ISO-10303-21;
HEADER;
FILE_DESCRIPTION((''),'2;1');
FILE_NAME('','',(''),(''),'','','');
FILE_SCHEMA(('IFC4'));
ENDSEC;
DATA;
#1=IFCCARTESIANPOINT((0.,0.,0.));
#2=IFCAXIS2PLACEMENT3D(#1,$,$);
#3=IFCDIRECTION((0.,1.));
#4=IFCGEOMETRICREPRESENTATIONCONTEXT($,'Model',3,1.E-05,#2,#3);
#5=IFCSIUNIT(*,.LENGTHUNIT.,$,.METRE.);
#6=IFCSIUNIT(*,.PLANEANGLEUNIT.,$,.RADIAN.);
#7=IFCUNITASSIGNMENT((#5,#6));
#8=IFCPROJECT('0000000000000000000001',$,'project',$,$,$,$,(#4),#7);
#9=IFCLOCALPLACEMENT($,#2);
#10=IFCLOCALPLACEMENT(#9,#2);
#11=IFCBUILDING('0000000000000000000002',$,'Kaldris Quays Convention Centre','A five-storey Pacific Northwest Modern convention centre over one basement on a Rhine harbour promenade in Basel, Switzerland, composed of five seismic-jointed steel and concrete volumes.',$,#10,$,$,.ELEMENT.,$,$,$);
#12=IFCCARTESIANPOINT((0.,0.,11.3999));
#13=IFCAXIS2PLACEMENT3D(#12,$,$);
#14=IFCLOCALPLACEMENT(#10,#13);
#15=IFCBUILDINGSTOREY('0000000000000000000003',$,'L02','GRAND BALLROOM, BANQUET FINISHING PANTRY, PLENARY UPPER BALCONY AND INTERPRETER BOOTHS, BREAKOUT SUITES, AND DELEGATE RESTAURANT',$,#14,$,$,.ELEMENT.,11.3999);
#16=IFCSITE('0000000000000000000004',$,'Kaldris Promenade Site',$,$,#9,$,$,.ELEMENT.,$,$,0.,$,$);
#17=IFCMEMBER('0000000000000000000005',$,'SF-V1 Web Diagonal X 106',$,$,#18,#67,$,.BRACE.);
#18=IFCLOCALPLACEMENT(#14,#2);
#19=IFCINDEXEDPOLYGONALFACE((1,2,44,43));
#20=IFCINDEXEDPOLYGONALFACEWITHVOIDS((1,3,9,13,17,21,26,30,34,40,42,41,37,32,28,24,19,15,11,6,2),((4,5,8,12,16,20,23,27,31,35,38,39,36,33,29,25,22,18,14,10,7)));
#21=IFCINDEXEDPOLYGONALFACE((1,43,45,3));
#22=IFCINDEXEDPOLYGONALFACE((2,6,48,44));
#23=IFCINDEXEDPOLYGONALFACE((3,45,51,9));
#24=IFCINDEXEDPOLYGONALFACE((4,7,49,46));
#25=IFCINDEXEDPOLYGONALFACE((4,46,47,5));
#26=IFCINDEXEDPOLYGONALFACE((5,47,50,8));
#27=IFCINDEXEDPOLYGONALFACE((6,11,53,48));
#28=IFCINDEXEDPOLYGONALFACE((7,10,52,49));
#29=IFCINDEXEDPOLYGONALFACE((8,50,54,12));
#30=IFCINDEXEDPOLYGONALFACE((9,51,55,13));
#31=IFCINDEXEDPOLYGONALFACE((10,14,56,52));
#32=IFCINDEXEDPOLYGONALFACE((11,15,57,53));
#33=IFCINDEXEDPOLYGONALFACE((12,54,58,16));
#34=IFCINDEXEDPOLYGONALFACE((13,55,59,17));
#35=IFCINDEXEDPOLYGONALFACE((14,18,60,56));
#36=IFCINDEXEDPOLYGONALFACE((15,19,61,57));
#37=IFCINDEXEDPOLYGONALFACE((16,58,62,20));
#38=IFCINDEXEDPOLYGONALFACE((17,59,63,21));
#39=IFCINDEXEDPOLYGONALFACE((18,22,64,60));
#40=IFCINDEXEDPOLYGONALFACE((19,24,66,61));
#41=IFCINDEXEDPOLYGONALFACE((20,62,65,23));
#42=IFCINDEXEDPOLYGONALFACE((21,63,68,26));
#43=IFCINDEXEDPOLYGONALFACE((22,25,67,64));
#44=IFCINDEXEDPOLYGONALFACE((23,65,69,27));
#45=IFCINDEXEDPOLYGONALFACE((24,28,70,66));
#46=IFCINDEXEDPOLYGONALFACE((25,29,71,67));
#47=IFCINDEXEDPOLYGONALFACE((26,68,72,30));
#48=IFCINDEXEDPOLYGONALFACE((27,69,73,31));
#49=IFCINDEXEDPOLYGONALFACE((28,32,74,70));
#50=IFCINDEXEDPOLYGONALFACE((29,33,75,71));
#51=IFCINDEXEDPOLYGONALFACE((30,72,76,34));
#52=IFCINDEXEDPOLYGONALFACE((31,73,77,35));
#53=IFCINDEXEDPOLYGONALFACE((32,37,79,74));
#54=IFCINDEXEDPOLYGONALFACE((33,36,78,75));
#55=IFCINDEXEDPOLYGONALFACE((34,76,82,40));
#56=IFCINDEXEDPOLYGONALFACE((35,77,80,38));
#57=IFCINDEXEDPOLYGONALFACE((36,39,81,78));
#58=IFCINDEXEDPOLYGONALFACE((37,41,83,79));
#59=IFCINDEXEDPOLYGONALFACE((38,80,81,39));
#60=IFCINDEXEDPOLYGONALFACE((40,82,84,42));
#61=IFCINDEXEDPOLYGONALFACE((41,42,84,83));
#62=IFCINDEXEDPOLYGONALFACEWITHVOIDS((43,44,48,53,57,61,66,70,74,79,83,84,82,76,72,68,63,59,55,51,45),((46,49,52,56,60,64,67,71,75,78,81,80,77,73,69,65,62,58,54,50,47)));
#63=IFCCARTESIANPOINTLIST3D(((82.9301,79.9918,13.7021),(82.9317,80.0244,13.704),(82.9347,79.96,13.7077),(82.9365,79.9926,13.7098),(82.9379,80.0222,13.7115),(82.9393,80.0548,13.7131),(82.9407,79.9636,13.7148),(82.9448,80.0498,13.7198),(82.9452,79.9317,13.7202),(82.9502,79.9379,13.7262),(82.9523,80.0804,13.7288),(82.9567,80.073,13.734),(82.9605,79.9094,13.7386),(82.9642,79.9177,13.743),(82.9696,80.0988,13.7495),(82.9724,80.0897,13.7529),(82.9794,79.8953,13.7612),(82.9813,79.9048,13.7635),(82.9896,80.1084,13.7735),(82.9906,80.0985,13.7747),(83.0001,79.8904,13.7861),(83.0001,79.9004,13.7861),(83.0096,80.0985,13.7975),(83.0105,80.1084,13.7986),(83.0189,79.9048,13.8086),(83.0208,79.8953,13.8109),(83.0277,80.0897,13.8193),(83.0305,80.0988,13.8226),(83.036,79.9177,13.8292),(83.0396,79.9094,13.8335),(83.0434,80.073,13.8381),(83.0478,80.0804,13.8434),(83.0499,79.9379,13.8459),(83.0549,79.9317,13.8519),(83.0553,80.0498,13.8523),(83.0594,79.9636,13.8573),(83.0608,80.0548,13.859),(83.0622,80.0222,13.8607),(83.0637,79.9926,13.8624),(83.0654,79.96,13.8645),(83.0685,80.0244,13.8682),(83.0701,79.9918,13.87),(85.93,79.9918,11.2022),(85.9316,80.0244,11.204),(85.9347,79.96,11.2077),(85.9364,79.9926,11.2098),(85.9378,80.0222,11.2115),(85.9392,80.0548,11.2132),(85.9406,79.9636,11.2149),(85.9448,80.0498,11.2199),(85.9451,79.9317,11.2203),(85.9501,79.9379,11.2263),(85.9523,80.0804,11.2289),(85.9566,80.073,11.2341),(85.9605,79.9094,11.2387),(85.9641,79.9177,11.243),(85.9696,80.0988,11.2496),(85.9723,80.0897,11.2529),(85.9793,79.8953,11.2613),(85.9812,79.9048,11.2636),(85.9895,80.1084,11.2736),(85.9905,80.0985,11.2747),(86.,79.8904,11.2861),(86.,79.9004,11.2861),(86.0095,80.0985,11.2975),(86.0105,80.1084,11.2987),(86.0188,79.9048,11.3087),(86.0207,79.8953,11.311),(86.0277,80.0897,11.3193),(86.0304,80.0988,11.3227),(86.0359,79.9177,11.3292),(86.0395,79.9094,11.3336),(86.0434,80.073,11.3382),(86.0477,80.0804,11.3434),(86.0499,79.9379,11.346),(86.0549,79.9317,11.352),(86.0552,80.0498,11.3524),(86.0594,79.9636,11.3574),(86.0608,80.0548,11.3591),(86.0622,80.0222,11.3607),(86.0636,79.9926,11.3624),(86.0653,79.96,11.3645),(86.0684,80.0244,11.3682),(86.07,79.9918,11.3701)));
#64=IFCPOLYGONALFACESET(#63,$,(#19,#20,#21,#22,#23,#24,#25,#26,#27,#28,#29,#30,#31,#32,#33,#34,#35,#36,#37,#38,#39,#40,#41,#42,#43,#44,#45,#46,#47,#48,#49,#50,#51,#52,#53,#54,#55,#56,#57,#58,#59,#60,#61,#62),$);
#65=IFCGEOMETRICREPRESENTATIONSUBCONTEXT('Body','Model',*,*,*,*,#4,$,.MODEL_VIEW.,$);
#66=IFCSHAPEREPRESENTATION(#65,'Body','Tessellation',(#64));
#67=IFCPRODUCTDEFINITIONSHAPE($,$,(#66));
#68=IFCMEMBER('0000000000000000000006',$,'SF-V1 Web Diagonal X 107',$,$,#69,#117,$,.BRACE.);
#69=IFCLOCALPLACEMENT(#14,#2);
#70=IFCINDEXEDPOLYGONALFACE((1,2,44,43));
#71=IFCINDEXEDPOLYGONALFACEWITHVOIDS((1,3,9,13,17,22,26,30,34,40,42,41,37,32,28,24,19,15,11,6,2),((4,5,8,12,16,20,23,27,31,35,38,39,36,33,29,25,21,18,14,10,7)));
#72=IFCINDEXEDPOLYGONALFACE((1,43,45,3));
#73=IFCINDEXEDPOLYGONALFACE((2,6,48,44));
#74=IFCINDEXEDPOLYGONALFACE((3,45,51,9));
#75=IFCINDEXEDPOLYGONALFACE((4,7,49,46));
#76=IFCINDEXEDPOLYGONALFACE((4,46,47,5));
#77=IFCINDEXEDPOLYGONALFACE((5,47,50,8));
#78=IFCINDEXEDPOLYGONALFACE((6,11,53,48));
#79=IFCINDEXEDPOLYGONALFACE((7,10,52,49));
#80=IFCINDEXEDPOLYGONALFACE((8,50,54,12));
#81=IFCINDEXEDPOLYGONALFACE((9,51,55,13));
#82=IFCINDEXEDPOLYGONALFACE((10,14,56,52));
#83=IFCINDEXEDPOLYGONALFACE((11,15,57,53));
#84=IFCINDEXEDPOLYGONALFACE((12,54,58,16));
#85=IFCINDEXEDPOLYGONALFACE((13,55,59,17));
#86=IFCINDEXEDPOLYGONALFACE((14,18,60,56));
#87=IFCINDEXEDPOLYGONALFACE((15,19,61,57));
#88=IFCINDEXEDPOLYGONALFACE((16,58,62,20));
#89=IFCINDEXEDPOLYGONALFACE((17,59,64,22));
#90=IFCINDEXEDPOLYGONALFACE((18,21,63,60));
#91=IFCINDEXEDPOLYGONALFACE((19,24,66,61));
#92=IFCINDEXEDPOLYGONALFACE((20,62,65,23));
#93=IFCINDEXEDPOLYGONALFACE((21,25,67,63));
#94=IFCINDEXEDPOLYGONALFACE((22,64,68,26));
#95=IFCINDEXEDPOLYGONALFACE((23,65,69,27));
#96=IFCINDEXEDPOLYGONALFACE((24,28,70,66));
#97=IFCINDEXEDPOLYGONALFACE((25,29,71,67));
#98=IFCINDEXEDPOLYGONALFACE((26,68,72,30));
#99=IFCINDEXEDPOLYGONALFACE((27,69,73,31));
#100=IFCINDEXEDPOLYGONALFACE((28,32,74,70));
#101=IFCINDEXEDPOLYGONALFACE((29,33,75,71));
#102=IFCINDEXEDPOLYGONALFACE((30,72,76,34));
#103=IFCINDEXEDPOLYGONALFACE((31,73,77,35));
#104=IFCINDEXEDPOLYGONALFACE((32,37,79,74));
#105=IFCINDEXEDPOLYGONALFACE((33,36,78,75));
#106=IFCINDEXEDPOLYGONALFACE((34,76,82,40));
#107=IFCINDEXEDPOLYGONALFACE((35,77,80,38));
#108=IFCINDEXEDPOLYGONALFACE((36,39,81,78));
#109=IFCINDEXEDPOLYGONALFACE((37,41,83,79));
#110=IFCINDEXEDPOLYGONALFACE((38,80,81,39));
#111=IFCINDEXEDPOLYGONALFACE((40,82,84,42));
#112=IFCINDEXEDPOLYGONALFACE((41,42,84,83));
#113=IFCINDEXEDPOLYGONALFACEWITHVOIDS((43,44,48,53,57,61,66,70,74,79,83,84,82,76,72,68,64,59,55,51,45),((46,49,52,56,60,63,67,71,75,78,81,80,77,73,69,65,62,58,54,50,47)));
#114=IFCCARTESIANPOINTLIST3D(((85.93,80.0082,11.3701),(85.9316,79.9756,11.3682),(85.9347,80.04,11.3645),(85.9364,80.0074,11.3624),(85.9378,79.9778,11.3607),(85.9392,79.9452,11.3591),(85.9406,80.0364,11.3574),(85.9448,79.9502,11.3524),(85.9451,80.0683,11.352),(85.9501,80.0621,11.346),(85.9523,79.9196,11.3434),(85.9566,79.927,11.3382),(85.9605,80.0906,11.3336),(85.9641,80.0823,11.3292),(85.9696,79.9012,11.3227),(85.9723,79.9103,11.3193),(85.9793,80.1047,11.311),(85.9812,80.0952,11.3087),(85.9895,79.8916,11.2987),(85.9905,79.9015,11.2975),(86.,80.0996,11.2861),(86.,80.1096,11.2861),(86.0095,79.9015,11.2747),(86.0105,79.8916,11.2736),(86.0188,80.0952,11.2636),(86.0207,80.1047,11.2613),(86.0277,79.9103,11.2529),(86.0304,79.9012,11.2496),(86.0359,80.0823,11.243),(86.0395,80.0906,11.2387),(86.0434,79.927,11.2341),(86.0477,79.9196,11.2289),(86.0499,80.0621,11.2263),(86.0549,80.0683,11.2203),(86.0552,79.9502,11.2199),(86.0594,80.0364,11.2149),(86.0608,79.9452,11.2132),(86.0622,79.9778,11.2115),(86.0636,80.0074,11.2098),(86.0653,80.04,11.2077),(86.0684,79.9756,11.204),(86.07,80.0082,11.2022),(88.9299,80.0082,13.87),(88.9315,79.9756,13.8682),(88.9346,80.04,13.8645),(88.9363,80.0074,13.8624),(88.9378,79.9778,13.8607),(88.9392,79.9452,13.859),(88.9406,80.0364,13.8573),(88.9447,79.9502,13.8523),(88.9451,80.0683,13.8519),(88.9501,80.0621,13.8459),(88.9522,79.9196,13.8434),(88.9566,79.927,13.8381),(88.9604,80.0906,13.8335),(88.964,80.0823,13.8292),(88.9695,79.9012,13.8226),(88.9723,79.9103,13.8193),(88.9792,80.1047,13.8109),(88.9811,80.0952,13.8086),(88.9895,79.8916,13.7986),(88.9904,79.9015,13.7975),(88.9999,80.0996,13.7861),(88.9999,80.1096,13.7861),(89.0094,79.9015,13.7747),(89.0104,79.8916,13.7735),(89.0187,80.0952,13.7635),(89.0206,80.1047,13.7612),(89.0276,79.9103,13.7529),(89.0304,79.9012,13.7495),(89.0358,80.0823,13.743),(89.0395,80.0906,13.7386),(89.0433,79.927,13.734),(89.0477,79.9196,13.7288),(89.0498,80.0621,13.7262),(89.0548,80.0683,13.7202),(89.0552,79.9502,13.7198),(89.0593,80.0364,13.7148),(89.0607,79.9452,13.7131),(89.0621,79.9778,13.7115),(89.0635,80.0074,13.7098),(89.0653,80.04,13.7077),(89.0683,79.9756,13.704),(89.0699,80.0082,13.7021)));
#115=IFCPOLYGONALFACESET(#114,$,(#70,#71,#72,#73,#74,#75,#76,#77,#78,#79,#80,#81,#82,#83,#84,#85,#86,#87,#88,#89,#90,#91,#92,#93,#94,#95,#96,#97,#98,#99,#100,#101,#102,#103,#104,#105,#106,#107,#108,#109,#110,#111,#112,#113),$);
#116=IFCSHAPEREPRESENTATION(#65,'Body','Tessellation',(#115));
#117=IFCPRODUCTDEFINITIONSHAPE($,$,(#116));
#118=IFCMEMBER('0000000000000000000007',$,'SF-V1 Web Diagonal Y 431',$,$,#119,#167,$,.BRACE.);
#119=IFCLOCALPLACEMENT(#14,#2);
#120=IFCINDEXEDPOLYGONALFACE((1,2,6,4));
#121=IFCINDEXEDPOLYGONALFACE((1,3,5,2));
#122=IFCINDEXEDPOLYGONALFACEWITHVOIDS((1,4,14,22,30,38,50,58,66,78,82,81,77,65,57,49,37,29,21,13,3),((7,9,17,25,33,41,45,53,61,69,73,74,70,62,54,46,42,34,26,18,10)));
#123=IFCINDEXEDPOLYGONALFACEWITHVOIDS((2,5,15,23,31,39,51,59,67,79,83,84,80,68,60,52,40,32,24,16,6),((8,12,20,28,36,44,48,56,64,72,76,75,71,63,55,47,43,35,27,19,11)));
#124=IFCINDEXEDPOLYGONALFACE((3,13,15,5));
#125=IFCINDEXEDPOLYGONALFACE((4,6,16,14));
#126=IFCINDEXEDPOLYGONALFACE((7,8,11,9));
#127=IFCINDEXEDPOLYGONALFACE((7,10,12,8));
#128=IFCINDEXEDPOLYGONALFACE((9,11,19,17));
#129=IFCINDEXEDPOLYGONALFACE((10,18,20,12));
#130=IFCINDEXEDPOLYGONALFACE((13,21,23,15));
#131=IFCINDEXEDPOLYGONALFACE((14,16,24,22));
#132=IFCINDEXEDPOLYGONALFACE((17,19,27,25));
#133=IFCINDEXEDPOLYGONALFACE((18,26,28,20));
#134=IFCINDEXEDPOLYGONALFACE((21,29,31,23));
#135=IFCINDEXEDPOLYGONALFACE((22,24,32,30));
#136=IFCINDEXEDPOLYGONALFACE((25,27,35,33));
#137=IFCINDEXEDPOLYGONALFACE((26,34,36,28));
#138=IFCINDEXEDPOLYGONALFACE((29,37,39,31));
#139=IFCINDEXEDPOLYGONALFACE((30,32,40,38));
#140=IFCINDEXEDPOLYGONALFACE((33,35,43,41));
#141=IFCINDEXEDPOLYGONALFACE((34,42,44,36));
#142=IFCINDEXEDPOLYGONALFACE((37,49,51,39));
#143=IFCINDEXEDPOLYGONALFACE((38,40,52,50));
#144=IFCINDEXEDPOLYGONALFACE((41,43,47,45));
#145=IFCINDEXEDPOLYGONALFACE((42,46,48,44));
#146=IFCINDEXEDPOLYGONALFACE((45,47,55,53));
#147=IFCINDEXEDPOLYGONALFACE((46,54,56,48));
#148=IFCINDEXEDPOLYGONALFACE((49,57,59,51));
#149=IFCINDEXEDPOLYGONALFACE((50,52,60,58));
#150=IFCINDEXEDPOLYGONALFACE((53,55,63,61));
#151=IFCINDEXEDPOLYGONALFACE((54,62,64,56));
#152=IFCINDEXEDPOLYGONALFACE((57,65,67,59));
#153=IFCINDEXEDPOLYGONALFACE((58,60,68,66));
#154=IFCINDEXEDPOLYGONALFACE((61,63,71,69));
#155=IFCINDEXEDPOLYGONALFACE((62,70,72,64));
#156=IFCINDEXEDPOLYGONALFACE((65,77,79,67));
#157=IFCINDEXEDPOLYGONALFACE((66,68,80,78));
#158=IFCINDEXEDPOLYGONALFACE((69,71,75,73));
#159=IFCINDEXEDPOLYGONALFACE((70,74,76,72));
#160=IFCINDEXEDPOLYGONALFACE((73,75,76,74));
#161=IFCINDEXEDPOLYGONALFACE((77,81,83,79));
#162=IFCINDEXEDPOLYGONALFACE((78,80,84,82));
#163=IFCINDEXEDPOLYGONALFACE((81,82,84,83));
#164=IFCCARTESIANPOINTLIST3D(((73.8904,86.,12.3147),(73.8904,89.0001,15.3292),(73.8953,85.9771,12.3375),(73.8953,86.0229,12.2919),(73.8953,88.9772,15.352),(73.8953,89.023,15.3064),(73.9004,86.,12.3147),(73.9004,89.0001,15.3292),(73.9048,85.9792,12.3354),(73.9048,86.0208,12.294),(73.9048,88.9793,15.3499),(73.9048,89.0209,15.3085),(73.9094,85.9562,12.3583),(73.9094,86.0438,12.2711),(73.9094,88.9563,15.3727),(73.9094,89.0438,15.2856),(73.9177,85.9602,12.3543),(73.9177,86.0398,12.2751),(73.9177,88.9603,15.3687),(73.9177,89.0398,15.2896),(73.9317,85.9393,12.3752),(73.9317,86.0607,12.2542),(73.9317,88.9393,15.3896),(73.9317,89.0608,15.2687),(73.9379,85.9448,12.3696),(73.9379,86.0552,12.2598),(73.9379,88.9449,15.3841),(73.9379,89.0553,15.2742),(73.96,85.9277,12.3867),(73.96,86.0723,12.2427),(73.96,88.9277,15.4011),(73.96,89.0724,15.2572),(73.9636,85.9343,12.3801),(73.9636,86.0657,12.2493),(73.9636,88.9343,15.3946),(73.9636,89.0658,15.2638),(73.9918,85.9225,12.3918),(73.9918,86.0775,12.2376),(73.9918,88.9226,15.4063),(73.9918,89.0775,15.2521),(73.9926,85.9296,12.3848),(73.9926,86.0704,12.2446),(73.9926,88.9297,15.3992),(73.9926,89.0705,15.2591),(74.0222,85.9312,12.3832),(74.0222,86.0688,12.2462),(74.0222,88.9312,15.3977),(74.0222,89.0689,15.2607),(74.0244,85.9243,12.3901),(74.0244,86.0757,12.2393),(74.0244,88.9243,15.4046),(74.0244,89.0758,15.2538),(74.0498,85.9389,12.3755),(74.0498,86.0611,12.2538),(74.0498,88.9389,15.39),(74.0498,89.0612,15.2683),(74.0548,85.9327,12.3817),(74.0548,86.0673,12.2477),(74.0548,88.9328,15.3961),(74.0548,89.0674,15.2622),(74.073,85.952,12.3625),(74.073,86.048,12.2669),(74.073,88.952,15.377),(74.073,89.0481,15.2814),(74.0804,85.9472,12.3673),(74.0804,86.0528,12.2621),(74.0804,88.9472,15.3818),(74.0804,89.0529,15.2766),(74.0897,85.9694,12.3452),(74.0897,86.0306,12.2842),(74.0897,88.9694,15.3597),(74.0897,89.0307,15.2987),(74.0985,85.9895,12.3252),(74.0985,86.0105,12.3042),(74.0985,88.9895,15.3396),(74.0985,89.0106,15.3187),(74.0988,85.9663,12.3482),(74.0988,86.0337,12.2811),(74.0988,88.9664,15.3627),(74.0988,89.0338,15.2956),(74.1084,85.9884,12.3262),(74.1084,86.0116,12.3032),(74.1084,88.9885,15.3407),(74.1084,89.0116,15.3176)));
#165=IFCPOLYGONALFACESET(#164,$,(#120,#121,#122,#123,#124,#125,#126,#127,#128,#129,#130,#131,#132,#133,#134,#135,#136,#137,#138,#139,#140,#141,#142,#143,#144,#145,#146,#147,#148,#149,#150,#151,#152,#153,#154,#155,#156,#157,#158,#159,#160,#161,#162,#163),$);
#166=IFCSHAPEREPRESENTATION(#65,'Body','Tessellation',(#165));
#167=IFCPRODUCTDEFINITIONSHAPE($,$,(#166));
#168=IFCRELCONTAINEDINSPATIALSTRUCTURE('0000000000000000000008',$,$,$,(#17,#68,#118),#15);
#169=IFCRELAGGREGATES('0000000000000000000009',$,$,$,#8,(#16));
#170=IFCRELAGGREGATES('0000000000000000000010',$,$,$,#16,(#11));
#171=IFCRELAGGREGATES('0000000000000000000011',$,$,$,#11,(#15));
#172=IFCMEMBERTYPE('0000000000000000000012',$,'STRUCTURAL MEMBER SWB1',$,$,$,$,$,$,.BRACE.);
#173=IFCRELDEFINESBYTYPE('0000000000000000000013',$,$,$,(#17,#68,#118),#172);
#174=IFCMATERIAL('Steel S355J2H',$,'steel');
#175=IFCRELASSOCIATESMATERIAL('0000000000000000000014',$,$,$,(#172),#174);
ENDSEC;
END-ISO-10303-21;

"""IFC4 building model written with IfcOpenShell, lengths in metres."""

from ifc_helpers import new_model, si_unit, direction, frame, origin, origin_2d, place, context, subcontext, project, spatial, hollow_circle, extrude, material, material_profile, profile_set, type_object, element, save


model = new_model("IFC4")

# Units and contexts
model_context = context("Model", 3, precision=1e-05, world=origin(), true_north=direction((0.0, 1.0)))
body_context = subcontext(model_context, "Body", "Model", "MODEL_VIEW")
ifc_project = project(units=[si_unit("LENGTHUNIT", "METRE"), si_unit("PLANEANGLEUNIT", "RADIAN")], contexts=[model_context])

# Site, building, storey
site_placement = place(None, origin())
site = spatial("IfcSite", under=ifc_project, at=site_placement, Name="Kaldris Promenade Site", CompositionType="ELEMENT", RefElevation=0.0)
building_placement = place(site_placement, origin())
building = spatial("IfcBuilding", under=site, at=building_placement, Name="Kaldris Quays Convention Centre", Description="A five-storey Pacific Northwest Modern convention centre over one basement on a Rhine harbour promenade in Basel, Switzerland, composed of five seismic-jointed steel and concrete volumes.", CompositionType="ELEMENT")
storey_placement = place(building_placement, frame((0.0, 0.0, 11.3999)))
storey = spatial("IfcBuildingStorey", under=building, at=storey_placement, Name="L02", Description="GRAND BALLROOM, BANQUET FINISHING PANTRY, PLENARY UPPER BALCONY AND INTERPRETER BOOTHS, BREAKOUT SUITES, AND DELEGATE RESTAURANT", CompositionType="ELEMENT", Elevation=11.3999)

# Members
ifc_material = material(Name="Steel S355J2H", Category="steel")
ifc_material_profile_1 = material_profile(ifc_material, hollow_circle(Radius=0.1096, WallThickness=0.01, at=origin_2d()), Name="CHS 219.1x10")
ifc_profile_set_1 = profile_set([ifc_material_profile_1], Name="Steel S355J2H")
member_type_1 = type_object("IfcMemberType", Name="STRUCTURAL MEMBER SWB1", PredefinedType="BRACE", material=ifc_profile_set_1)
for number, where, z_axis, x_axis, name in (
    (1, (86.0, 80.0, 11.2861), (-0.768221, 0.0, 0.640184), (0.0, -1.0, 0.0), "SF-V1 Web Diagonal X 106"),
    (2, (86.0, 80.0, 11.2861), (0.768221, 0.0, 0.640184), (0.0, 1.0, 0.0), "SF-V1 Web Diagonal X 107"),
):
    element("IfcMember", number, at=place(storey_placement, frame(where, z_axis=z_axis, x_axis=x_axis)), inside=storey, type_object=member_type_1, Name=name, PredefinedType="BRACE", context=body_context, shape_type="SweptSolid", body=[
        extrude(hollow_circle(Radius=0.1096, WallThickness=0.01, at=origin_2d()), origin(), (0.0, 0.0, 1.0), 3.905),
    ])
member_1_placement = place(storey_placement, frame((74.0, 86.0, 12.3147), z_axis=(0.0, 0.705411, 0.708798), x_axis=(-1.0, 0.0, 0.0)))
element("IfcMember", 3, at=member_1_placement, inside=storey, type_object=member_type_1, Name="SF-V1 Web Diagonal Y 431", PredefinedType="BRACE", context=body_context, shape_type="SweptSolid", body=[
    extrude(hollow_circle(Radius=0.1096, WallThickness=0.01, at=origin_2d()), origin(), (0.0, 0.0, 1.0), 4.2529),
])

save(model, "model.ifc")
